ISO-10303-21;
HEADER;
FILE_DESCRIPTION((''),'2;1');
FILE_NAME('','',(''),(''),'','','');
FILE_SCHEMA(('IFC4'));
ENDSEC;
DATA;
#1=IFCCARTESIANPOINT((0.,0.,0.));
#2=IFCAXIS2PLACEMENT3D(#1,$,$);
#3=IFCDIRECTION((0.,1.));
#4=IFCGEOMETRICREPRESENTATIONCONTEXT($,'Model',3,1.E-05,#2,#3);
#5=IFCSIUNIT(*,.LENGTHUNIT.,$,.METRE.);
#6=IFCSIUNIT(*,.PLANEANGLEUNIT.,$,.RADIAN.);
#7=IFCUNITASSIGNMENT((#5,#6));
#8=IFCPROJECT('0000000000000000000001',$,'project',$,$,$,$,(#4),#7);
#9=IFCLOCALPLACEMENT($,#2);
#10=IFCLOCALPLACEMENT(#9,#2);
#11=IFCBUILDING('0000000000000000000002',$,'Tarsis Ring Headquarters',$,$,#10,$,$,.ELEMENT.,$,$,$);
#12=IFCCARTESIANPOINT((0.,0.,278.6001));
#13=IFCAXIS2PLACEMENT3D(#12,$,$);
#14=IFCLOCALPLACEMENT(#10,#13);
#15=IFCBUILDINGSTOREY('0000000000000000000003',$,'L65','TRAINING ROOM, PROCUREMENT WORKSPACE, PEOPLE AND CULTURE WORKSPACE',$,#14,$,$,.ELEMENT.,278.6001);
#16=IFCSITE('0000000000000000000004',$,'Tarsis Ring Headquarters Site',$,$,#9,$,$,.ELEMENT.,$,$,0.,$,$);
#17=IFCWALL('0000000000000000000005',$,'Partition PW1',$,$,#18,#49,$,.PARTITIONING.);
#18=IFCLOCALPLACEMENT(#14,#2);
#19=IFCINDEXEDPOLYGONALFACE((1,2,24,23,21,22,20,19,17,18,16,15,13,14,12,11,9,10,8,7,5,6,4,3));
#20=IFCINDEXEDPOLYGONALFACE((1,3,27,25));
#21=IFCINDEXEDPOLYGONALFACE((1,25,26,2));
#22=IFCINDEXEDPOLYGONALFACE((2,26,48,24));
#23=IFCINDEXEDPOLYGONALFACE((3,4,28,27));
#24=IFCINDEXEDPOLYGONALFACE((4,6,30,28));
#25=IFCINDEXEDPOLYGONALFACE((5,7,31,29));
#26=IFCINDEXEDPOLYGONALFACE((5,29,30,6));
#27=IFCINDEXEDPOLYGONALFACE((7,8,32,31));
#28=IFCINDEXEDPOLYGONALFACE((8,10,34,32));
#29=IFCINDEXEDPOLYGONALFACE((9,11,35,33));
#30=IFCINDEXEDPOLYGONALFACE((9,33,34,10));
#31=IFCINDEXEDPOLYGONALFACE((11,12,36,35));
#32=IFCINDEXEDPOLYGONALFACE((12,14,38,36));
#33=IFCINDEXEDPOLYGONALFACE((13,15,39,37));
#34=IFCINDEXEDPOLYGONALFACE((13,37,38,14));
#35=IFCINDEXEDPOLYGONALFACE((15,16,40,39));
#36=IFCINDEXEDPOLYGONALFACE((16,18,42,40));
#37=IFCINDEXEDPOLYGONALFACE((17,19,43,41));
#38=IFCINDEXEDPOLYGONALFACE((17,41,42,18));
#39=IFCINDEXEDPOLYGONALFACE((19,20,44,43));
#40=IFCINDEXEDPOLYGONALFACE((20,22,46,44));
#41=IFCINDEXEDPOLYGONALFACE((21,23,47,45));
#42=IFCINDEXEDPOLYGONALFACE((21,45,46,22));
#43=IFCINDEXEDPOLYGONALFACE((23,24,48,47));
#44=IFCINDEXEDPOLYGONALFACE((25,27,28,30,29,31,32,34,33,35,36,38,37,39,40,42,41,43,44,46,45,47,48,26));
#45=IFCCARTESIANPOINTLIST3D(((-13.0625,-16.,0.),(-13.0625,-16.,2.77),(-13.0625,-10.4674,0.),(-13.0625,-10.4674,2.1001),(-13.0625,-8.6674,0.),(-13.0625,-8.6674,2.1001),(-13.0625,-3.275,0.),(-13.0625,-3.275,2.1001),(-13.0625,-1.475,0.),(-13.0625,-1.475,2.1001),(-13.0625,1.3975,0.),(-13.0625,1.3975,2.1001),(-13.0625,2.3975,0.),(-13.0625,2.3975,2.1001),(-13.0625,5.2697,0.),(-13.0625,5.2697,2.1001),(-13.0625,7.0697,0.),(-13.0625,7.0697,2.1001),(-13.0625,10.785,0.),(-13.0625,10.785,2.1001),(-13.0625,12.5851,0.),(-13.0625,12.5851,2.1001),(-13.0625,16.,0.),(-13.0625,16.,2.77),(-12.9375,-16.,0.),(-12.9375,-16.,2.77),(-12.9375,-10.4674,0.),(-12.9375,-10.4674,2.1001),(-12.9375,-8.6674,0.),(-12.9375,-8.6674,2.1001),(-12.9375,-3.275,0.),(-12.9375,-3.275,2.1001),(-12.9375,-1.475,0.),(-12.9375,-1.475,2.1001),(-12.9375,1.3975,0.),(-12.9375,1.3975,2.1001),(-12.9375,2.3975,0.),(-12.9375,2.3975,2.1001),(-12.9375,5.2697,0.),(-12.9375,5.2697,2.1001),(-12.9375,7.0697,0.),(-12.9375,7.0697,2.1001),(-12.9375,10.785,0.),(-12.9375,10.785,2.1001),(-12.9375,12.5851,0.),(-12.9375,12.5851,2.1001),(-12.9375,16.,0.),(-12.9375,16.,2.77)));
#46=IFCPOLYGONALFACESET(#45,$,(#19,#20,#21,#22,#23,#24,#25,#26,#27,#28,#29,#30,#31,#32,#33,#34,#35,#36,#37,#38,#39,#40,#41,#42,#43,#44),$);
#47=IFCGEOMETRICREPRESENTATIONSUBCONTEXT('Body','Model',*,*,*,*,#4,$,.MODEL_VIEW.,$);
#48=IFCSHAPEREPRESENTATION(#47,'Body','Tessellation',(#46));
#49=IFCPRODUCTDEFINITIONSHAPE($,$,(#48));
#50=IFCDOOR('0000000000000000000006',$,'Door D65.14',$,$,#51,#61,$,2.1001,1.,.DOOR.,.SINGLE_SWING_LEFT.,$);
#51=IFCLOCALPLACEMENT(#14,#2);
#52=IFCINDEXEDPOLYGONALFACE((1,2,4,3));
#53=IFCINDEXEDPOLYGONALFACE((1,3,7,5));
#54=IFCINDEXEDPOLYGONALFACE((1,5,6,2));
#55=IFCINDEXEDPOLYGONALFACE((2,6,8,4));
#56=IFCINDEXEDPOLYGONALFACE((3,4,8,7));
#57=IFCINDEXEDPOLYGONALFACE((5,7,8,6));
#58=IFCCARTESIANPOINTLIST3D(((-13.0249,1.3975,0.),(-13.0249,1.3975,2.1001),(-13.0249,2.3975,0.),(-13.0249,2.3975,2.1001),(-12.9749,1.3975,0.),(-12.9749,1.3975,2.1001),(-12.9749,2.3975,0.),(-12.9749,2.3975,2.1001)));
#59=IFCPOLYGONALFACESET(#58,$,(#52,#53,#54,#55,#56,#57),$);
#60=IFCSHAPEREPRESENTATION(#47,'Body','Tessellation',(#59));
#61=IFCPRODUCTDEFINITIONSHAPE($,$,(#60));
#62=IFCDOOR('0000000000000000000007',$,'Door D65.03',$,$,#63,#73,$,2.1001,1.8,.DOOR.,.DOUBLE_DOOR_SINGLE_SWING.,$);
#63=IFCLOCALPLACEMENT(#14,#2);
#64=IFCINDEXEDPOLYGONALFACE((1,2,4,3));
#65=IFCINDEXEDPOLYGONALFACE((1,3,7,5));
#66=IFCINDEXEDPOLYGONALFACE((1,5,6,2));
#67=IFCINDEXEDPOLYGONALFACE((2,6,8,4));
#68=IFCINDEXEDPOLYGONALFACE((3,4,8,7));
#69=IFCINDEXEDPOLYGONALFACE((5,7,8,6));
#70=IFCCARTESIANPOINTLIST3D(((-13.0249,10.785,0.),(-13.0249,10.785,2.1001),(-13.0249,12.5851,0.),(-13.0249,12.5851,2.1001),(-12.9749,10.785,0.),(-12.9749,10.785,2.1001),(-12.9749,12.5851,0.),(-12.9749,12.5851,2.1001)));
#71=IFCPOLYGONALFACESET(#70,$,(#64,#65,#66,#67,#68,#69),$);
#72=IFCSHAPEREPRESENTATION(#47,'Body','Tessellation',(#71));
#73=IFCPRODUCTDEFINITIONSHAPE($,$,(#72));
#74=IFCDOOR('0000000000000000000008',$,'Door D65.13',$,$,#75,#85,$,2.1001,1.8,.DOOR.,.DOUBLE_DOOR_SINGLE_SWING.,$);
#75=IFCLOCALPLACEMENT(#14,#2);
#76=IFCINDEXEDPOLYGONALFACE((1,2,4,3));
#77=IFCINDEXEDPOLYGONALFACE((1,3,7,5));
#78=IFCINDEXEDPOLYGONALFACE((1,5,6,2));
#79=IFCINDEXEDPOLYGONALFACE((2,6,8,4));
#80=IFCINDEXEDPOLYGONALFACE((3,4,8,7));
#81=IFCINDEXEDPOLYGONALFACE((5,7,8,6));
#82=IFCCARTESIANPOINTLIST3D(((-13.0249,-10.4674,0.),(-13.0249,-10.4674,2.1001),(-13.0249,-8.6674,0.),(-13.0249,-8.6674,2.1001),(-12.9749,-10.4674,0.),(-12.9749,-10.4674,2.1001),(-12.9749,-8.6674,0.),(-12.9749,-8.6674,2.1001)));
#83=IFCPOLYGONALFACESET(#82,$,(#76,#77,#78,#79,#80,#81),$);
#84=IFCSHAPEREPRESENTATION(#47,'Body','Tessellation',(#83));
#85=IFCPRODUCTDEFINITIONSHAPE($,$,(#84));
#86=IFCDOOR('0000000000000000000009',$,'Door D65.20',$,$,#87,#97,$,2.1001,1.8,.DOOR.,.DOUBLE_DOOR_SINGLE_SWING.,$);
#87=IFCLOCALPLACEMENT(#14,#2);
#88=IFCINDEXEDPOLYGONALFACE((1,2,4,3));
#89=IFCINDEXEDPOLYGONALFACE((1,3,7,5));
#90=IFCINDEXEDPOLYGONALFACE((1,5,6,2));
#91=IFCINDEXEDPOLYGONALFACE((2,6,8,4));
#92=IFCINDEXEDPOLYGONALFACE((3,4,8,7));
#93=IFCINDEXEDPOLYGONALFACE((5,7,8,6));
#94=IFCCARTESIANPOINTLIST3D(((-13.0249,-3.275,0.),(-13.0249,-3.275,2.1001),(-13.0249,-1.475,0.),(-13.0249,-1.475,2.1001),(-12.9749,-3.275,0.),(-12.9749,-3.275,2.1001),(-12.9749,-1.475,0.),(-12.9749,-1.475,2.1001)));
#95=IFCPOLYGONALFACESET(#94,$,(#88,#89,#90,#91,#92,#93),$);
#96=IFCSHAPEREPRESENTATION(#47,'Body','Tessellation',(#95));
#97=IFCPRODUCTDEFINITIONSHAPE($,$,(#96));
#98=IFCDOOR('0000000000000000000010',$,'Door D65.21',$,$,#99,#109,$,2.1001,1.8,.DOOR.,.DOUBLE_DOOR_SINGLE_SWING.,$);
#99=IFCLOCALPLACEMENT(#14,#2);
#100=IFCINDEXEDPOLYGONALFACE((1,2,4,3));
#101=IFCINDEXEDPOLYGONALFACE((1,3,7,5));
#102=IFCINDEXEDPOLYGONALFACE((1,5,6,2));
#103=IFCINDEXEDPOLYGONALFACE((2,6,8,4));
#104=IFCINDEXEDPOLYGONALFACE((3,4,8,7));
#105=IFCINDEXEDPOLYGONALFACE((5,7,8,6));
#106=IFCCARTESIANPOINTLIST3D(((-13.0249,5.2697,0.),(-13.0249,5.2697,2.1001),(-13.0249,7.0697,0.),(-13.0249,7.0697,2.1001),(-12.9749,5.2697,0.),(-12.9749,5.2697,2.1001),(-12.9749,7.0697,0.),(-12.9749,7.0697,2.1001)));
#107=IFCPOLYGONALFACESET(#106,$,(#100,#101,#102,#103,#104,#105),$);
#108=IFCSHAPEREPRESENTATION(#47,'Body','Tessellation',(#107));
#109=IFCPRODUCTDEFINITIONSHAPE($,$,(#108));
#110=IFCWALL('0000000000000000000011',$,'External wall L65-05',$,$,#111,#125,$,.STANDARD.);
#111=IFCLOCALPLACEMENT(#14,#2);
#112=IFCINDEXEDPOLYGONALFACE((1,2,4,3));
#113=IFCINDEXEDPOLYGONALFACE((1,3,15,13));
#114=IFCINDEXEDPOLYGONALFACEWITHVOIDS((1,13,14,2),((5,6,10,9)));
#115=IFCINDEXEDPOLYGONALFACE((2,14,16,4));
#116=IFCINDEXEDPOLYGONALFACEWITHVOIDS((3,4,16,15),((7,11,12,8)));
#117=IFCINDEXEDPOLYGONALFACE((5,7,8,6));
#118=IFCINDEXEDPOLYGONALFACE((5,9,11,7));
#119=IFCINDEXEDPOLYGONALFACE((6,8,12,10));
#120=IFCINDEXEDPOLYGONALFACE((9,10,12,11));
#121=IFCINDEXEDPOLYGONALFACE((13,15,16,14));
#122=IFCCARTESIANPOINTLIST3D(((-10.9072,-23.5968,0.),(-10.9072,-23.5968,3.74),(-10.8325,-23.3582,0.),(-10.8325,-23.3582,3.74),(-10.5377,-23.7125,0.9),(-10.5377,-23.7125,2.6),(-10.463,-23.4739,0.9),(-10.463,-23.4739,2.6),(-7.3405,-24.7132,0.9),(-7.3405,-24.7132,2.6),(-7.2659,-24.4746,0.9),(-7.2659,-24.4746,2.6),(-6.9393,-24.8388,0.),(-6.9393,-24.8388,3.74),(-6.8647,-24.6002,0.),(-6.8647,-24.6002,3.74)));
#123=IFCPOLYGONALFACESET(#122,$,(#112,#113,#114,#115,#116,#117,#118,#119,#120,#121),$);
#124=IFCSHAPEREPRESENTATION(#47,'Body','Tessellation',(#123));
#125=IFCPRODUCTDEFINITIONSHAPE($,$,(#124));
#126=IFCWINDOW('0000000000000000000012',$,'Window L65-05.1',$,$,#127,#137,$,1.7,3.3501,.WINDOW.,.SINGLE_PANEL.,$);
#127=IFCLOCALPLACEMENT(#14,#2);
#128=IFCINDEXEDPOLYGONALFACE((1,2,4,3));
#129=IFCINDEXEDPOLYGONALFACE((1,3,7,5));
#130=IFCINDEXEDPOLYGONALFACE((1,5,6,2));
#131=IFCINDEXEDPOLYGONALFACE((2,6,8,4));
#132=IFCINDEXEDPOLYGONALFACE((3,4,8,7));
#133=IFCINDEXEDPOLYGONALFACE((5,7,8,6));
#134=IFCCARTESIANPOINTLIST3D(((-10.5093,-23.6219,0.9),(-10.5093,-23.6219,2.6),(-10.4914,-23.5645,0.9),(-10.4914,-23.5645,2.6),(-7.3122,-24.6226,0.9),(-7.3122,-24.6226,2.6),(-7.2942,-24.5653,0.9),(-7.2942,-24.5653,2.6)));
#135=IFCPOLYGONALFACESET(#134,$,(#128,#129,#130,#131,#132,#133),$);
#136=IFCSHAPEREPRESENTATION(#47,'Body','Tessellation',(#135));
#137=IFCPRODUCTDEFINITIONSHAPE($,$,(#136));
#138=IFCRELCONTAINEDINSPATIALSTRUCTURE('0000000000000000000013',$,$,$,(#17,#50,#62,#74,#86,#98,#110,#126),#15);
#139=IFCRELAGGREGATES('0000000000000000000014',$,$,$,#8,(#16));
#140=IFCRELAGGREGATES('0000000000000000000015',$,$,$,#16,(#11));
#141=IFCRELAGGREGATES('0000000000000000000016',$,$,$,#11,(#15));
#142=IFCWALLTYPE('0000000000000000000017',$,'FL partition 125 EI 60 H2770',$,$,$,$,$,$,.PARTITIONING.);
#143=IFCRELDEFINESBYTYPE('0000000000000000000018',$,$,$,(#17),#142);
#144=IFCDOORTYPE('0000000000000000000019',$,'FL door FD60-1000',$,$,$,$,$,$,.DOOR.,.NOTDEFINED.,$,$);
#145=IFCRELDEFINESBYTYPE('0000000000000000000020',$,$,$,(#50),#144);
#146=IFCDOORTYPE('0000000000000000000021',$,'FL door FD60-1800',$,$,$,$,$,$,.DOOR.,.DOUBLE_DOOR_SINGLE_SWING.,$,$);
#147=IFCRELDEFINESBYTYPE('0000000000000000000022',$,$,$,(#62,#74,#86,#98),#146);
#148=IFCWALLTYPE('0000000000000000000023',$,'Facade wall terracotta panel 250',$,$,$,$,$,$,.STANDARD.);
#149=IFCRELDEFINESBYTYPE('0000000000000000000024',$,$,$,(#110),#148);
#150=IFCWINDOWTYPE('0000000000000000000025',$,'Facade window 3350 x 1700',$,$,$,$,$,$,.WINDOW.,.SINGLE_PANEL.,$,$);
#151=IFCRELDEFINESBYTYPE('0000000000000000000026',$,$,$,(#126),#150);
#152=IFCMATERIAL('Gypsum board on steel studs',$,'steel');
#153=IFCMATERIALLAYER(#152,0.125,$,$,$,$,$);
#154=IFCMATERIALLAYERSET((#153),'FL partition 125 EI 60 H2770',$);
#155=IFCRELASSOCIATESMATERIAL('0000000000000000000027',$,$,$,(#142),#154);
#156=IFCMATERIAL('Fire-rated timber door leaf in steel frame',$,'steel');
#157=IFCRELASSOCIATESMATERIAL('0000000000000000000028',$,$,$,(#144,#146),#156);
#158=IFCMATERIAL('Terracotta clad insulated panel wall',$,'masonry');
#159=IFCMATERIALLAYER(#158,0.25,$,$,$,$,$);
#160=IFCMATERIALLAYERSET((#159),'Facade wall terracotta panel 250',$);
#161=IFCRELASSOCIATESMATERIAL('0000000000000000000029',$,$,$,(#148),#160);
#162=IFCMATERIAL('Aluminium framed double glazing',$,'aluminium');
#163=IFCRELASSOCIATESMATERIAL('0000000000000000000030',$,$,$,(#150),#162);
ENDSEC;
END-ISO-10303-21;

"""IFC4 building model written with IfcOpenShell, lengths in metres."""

from ifc_helpers import new_model, si_unit, direction, frame, frame_2d, origin, place, context, subcontext, project, spatial, rectangle, extrude, material, layer, layer_set, type_object, element, fill, save


model = new_model("IFC4")

# Units and contexts
model_context = context("Model", 3, precision=1e-05, world=origin(), true_north=direction((0.0, 1.0)))
body_context = subcontext(model_context, "Body", "Model", "MODEL_VIEW")
ifc_project = project(units=[si_unit("LENGTHUNIT", "METRE"), si_unit("PLANEANGLEUNIT", "RADIAN")], contexts=[model_context])

# Site, building, storey
site_placement = place(None, origin())
site = spatial("IfcSite", under=ifc_project, at=site_placement, Name="Tarsis Ring Headquarters Site", CompositionType="ELEMENT", RefElevation=0.0)
building_placement = place(site_placement, origin())
building = spatial("IfcBuilding", under=site, at=building_placement, Name="Tarsis Ring Headquarters", CompositionType="ELEMENT")
storey_placement = place(building_placement, frame((0.0, 0.0, 278.6001)))
storey = spatial("IfcBuildingStorey", under=building, at=storey_placement, Name="L65", Description="TRAINING ROOM, PROCUREMENT WORKSPACE, PEOPLE AND CULTURE WORKSPACE", CompositionType="ELEMENT", Elevation=278.6001)

# Wall, openings, doors
ifc_material_1 = material(Name="Gypsum board on steel studs", Category="steel")
ifc_layer_1 = layer(ifc_material_1, 0.125)
ifc_layer_set_1 = layer_set([ifc_layer_1], Name="FL partition 125 EI 60 H2770")
wall_type_1 = type_object("IfcWallType", Name="FL partition 125 EI 60 H2770", PredefinedType="PARTITIONING", material=ifc_layer_set_1)
wall_1_placement = place(storey_placement, frame((-13.0, -16.0, 0.0), z_axis=(0.0, 0.0, 1.0), x_axis=(0.0, 1.0, 0.0)))
wall_1 = element("IfcWall", 1, at=wall_1_placement, inside=storey, type_object=wall_type_1, Name="Partition PW1", PredefinedType="PARTITIONING", context=body_context, shape_type="SweptSolid", body=[
    extrude(rectangle(XDim=32.0, YDim=0.125, at=frame_2d((16.0, 0.0))), origin(), (0.0, 0.0, 1.0), 2.77),
])
opening_1_placement = place(wall_1_placement, frame((26.7852, 0.0, 0.0)))
opening_1 = element("IfcOpeningElement", 2, at=opening_1_placement, cuts=wall_1, PredefinedType="OPENING", context=body_context, shape_type="SweptSolid", body=[
    extrude(rectangle(XDim=1.8, YDim=2.1001, at=frame_2d((0.8999, 1.05))), frame((0.0, 0.0725, 0.0), z_axis=(0.0, -1.0, 0.0), x_axis=(1.0, 0.0, 0.0)), (0.0, 0.0, 1.0), 0.145),
])
opening_2_placement = place(wall_1_placement, frame((5.5327, 0.0, 0.0)))
opening_2 = element("IfcOpeningElement", 3, at=opening_2_placement, cuts=wall_1, PredefinedType="OPENING", context=body_context, shape_type="SweptSolid", body=[
    extrude(rectangle(XDim=1.8, YDim=2.1001, at=frame_2d((0.8999, 1.05))), frame((0.0, 0.0725, 0.0), z_axis=(0.0, -1.0, 0.0), x_axis=(1.0, 0.0, 0.0)), (0.0, 0.0, 1.0), 0.145),
])
opening_3_placement = place(wall_1_placement, frame((17.3975, 0.0, 0.0)))
opening_3 = element("IfcOpeningElement", 4, at=opening_3_placement, cuts=wall_1, PredefinedType="OPENING", context=body_context, shape_type="SweptSolid", body=[
    extrude(rectangle(XDim=1.0, YDim=2.1001, at=frame_2d((0.5, 1.05))), frame((0.0, 0.0725, 0.0), z_axis=(0.0, -1.0, 0.0), x_axis=(1.0, 0.0, 0.0)), (0.0, 0.0, 1.0), 0.145),
])
opening_4_placement = place(wall_1_placement, frame((12.7251, 0.0, 0.0)))
opening_4 = element("IfcOpeningElement", 5, at=opening_4_placement, cuts=wall_1, PredefinedType="OPENING", context=body_context, shape_type="SweptSolid", body=[
    extrude(rectangle(XDim=1.8, YDim=2.1001, at=frame_2d((0.8999, 1.05))), frame((0.0, 0.0725, 0.0), z_axis=(0.0, -1.0, 0.0), x_axis=(1.0, 0.0, 0.0)), (0.0, 0.0, 1.0), 0.145),
])
opening_5_placement = place(wall_1_placement, frame((21.2698, 0.0, 0.0)))
opening_5 = element("IfcOpeningElement", 6, at=opening_5_placement, cuts=wall_1, PredefinedType="OPENING", context=body_context, shape_type="SweptSolid", body=[
    extrude(rectangle(XDim=1.8, YDim=2.1001, at=frame_2d((0.8999, 1.05))), frame((0.0, 0.0725, 0.0), z_axis=(0.0, -1.0, 0.0), x_axis=(1.0, 0.0, 0.0)), (0.0, 0.0, 1.0), 0.145),
])
ifc_material_2 = material(Name="Fire-rated timber door leaf in steel frame", Category="steel")
door_type_1 = type_object("IfcDoorType", Name="FL door FD60-1000", OperationType="NOTDEFINED", PredefinedType="DOOR", material=ifc_material_2)
door_1_placement = place(opening_3_placement, origin())
door_1 = element("IfcDoor", 7, at=door_1_placement, inside=storey, type_object=door_type_1, Name="Door D65.14", OperationType="SINGLE_SWING_LEFT", OverallHeight=2.1001, OverallWidth=1.0, PredefinedType="DOOR", context=body_context, shape_type="SweptSolid", body=[
    extrude(rectangle(XDim=1.0, YDim=2.1001, at=frame_2d((0.5, 1.05))), frame((0.0, 0.0249, 0.0), z_axis=(0.0, -1.0, 0.0), x_axis=(1.0, 0.0, 0.0)), (0.0, 0.0, 1.0), 0.05),
])
fill(opening_3, door_1)
door_type_2 = type_object("IfcDoorType", Name="FL door FD60-1800", OperationType="DOUBLE_DOOR_SINGLE_SWING", PredefinedType="DOOR", material=ifc_material_2)
door_2_placement = place(opening_1_placement, origin())
door_2 = element("IfcDoor", 8, at=door_2_placement, inside=storey, type_object=door_type_2, Name="Door D65.03", OperationType="DOUBLE_DOOR_SINGLE_SWING", OverallHeight=2.1001, OverallWidth=1.8, PredefinedType="DOOR", context=body_context, shape_type="SweptSolid", body=[
    extrude(rectangle(XDim=1.8, YDim=2.1001, at=frame_2d((0.8999, 1.05))), frame((0.0, 0.0249, 0.0), z_axis=(0.0, -1.0, 0.0), x_axis=(1.0, 0.0, 0.0)), (0.0, 0.0, 1.0), 0.05),
])
fill(opening_1, door_2)
door_3_placement = place(opening_2_placement, origin())
door_3 = element("IfcDoor", 9, at=door_3_placement, inside=storey, type_object=door_type_2, Name="Door D65.13", OperationType="DOUBLE_DOOR_SINGLE_SWING", OverallHeight=2.1001, OverallWidth=1.8, PredefinedType="DOOR", context=body_context, shape_type="SweptSolid", body=[
    extrude(rectangle(XDim=1.8, YDim=2.1001, at=frame_2d((0.8999, 1.05))), frame((0.0, 0.0249, 0.0), z_axis=(0.0, -1.0, 0.0), x_axis=(1.0, 0.0, 0.0)), (0.0, 0.0, 1.0), 0.05),
])
fill(opening_2, door_3)
door_4_placement = place(opening_4_placement, origin())
door_4 = element("IfcDoor", 10, at=door_4_placement, inside=storey, type_object=door_type_2, Name="Door D65.20", OperationType="DOUBLE_DOOR_SINGLE_SWING", OverallHeight=2.1001, OverallWidth=1.8, PredefinedType="DOOR", context=body_context, shape_type="SweptSolid", body=[
    extrude(rectangle(XDim=1.8, YDim=2.1001, at=frame_2d((0.8999, 1.05))), frame((0.0, 0.0249, 0.0), z_axis=(0.0, -1.0, 0.0), x_axis=(1.0, 0.0, 0.0)), (0.0, 0.0, 1.0), 0.05),
])
fill(opening_4, door_4)
door_5_placement = place(opening_5_placement, origin())
door_5 = element("IfcDoor", 11, at=door_5_placement, inside=storey, type_object=door_type_2, Name="Door D65.21", OperationType="DOUBLE_DOOR_SINGLE_SWING", OverallHeight=2.1001, OverallWidth=1.8, PredefinedType="DOOR", context=body_context, shape_type="SweptSolid", body=[
    extrude(rectangle(XDim=1.8, YDim=2.1001, at=frame_2d((0.8999, 1.05))), frame((0.0, 0.0249, 0.0), z_axis=(0.0, -1.0, 0.0), x_axis=(1.0, 0.0, 0.0)), (0.0, 0.0, 1.0), 0.05),
])
fill(opening_5, door_5)

# Wall, opening, window
ifc_material_3 = material(Name="Terracotta clad insulated panel wall", Category="masonry")
ifc_layer_2 = layer(ifc_material_3, 0.25)
ifc_layer_set_2 = layer_set([ifc_layer_2], Name="Facade wall terracotta panel 250")
wall_type_2 = type_object("IfcWallType", Name="Facade wall terracotta panel 250", PredefinedType="STANDARD", material=ifc_layer_set_2)
wall_2_placement = place(storey_placement, frame((-10.8699, -23.4775, 0.0), z_axis=(0.0, 0.0, 1.0), x_axis=(0.954342, -0.298716, 0.0)))
wall_2 = element("IfcWall", 12, at=wall_2_placement, inside=storey, type_object=wall_type_2, Name="External wall L65-05", PredefinedType="STANDARD", context=body_context, shape_type="SweptSolid", body=[
    extrude(rectangle(XDim=4.1577, YDim=0.25, at=frame_2d((2.0789, 0.0))), origin(), (0.0, 0.0, 1.0), 3.74),
])
opening_6_placement = place(wall_2_placement, frame((0.3872, 0.0, 0.8999)))
opening_6 = element("IfcOpeningElement", 13, at=opening_6_placement, cuts=wall_2, PredefinedType="OPENING", context=body_context, shape_type="SweptSolid", body=[
    extrude(rectangle(XDim=3.3501, YDim=1.7, at=frame_2d((1.675, 0.8501))), frame((0.0, 0.135, 0.0), z_axis=(0.0, -1.0, 0.0), x_axis=(1.0, 0.0, 0.0)), (0.0, 0.0, 1.0), 0.27),
])
ifc_material_4 = material(Name="Aluminium framed double glazing", Category="aluminium")
window_type_1 = type_object("IfcWindowType", Name="Facade window 3350 x 1700", PartitioningType="SINGLE_PANEL", PredefinedType="WINDOW", material=ifc_material_4)
window_1_placement = place(opening_6_placement, origin())
window_1 = element("IfcWindow", 14, at=window_1_placement, inside=storey, type_object=window_type_1, Name="Window L65-05.1", OverallHeight=1.7, OverallWidth=3.3501, PartitioningType="SINGLE_PANEL", PredefinedType="WINDOW", context=body_context, shape_type="SweptSolid", body=[
    extrude(rectangle(XDim=3.3501, YDim=1.7, at=frame_2d((1.675, 0.8501))), frame((0.0, 0.03, 0.0), z_axis=(0.0, -1.0, 0.0), x_axis=(1.0, 0.0, 0.0)), (0.0, 0.0, 1.0), 0.0601),
])
fill(opening_6, window_1)

save(model, "model.ifc")
